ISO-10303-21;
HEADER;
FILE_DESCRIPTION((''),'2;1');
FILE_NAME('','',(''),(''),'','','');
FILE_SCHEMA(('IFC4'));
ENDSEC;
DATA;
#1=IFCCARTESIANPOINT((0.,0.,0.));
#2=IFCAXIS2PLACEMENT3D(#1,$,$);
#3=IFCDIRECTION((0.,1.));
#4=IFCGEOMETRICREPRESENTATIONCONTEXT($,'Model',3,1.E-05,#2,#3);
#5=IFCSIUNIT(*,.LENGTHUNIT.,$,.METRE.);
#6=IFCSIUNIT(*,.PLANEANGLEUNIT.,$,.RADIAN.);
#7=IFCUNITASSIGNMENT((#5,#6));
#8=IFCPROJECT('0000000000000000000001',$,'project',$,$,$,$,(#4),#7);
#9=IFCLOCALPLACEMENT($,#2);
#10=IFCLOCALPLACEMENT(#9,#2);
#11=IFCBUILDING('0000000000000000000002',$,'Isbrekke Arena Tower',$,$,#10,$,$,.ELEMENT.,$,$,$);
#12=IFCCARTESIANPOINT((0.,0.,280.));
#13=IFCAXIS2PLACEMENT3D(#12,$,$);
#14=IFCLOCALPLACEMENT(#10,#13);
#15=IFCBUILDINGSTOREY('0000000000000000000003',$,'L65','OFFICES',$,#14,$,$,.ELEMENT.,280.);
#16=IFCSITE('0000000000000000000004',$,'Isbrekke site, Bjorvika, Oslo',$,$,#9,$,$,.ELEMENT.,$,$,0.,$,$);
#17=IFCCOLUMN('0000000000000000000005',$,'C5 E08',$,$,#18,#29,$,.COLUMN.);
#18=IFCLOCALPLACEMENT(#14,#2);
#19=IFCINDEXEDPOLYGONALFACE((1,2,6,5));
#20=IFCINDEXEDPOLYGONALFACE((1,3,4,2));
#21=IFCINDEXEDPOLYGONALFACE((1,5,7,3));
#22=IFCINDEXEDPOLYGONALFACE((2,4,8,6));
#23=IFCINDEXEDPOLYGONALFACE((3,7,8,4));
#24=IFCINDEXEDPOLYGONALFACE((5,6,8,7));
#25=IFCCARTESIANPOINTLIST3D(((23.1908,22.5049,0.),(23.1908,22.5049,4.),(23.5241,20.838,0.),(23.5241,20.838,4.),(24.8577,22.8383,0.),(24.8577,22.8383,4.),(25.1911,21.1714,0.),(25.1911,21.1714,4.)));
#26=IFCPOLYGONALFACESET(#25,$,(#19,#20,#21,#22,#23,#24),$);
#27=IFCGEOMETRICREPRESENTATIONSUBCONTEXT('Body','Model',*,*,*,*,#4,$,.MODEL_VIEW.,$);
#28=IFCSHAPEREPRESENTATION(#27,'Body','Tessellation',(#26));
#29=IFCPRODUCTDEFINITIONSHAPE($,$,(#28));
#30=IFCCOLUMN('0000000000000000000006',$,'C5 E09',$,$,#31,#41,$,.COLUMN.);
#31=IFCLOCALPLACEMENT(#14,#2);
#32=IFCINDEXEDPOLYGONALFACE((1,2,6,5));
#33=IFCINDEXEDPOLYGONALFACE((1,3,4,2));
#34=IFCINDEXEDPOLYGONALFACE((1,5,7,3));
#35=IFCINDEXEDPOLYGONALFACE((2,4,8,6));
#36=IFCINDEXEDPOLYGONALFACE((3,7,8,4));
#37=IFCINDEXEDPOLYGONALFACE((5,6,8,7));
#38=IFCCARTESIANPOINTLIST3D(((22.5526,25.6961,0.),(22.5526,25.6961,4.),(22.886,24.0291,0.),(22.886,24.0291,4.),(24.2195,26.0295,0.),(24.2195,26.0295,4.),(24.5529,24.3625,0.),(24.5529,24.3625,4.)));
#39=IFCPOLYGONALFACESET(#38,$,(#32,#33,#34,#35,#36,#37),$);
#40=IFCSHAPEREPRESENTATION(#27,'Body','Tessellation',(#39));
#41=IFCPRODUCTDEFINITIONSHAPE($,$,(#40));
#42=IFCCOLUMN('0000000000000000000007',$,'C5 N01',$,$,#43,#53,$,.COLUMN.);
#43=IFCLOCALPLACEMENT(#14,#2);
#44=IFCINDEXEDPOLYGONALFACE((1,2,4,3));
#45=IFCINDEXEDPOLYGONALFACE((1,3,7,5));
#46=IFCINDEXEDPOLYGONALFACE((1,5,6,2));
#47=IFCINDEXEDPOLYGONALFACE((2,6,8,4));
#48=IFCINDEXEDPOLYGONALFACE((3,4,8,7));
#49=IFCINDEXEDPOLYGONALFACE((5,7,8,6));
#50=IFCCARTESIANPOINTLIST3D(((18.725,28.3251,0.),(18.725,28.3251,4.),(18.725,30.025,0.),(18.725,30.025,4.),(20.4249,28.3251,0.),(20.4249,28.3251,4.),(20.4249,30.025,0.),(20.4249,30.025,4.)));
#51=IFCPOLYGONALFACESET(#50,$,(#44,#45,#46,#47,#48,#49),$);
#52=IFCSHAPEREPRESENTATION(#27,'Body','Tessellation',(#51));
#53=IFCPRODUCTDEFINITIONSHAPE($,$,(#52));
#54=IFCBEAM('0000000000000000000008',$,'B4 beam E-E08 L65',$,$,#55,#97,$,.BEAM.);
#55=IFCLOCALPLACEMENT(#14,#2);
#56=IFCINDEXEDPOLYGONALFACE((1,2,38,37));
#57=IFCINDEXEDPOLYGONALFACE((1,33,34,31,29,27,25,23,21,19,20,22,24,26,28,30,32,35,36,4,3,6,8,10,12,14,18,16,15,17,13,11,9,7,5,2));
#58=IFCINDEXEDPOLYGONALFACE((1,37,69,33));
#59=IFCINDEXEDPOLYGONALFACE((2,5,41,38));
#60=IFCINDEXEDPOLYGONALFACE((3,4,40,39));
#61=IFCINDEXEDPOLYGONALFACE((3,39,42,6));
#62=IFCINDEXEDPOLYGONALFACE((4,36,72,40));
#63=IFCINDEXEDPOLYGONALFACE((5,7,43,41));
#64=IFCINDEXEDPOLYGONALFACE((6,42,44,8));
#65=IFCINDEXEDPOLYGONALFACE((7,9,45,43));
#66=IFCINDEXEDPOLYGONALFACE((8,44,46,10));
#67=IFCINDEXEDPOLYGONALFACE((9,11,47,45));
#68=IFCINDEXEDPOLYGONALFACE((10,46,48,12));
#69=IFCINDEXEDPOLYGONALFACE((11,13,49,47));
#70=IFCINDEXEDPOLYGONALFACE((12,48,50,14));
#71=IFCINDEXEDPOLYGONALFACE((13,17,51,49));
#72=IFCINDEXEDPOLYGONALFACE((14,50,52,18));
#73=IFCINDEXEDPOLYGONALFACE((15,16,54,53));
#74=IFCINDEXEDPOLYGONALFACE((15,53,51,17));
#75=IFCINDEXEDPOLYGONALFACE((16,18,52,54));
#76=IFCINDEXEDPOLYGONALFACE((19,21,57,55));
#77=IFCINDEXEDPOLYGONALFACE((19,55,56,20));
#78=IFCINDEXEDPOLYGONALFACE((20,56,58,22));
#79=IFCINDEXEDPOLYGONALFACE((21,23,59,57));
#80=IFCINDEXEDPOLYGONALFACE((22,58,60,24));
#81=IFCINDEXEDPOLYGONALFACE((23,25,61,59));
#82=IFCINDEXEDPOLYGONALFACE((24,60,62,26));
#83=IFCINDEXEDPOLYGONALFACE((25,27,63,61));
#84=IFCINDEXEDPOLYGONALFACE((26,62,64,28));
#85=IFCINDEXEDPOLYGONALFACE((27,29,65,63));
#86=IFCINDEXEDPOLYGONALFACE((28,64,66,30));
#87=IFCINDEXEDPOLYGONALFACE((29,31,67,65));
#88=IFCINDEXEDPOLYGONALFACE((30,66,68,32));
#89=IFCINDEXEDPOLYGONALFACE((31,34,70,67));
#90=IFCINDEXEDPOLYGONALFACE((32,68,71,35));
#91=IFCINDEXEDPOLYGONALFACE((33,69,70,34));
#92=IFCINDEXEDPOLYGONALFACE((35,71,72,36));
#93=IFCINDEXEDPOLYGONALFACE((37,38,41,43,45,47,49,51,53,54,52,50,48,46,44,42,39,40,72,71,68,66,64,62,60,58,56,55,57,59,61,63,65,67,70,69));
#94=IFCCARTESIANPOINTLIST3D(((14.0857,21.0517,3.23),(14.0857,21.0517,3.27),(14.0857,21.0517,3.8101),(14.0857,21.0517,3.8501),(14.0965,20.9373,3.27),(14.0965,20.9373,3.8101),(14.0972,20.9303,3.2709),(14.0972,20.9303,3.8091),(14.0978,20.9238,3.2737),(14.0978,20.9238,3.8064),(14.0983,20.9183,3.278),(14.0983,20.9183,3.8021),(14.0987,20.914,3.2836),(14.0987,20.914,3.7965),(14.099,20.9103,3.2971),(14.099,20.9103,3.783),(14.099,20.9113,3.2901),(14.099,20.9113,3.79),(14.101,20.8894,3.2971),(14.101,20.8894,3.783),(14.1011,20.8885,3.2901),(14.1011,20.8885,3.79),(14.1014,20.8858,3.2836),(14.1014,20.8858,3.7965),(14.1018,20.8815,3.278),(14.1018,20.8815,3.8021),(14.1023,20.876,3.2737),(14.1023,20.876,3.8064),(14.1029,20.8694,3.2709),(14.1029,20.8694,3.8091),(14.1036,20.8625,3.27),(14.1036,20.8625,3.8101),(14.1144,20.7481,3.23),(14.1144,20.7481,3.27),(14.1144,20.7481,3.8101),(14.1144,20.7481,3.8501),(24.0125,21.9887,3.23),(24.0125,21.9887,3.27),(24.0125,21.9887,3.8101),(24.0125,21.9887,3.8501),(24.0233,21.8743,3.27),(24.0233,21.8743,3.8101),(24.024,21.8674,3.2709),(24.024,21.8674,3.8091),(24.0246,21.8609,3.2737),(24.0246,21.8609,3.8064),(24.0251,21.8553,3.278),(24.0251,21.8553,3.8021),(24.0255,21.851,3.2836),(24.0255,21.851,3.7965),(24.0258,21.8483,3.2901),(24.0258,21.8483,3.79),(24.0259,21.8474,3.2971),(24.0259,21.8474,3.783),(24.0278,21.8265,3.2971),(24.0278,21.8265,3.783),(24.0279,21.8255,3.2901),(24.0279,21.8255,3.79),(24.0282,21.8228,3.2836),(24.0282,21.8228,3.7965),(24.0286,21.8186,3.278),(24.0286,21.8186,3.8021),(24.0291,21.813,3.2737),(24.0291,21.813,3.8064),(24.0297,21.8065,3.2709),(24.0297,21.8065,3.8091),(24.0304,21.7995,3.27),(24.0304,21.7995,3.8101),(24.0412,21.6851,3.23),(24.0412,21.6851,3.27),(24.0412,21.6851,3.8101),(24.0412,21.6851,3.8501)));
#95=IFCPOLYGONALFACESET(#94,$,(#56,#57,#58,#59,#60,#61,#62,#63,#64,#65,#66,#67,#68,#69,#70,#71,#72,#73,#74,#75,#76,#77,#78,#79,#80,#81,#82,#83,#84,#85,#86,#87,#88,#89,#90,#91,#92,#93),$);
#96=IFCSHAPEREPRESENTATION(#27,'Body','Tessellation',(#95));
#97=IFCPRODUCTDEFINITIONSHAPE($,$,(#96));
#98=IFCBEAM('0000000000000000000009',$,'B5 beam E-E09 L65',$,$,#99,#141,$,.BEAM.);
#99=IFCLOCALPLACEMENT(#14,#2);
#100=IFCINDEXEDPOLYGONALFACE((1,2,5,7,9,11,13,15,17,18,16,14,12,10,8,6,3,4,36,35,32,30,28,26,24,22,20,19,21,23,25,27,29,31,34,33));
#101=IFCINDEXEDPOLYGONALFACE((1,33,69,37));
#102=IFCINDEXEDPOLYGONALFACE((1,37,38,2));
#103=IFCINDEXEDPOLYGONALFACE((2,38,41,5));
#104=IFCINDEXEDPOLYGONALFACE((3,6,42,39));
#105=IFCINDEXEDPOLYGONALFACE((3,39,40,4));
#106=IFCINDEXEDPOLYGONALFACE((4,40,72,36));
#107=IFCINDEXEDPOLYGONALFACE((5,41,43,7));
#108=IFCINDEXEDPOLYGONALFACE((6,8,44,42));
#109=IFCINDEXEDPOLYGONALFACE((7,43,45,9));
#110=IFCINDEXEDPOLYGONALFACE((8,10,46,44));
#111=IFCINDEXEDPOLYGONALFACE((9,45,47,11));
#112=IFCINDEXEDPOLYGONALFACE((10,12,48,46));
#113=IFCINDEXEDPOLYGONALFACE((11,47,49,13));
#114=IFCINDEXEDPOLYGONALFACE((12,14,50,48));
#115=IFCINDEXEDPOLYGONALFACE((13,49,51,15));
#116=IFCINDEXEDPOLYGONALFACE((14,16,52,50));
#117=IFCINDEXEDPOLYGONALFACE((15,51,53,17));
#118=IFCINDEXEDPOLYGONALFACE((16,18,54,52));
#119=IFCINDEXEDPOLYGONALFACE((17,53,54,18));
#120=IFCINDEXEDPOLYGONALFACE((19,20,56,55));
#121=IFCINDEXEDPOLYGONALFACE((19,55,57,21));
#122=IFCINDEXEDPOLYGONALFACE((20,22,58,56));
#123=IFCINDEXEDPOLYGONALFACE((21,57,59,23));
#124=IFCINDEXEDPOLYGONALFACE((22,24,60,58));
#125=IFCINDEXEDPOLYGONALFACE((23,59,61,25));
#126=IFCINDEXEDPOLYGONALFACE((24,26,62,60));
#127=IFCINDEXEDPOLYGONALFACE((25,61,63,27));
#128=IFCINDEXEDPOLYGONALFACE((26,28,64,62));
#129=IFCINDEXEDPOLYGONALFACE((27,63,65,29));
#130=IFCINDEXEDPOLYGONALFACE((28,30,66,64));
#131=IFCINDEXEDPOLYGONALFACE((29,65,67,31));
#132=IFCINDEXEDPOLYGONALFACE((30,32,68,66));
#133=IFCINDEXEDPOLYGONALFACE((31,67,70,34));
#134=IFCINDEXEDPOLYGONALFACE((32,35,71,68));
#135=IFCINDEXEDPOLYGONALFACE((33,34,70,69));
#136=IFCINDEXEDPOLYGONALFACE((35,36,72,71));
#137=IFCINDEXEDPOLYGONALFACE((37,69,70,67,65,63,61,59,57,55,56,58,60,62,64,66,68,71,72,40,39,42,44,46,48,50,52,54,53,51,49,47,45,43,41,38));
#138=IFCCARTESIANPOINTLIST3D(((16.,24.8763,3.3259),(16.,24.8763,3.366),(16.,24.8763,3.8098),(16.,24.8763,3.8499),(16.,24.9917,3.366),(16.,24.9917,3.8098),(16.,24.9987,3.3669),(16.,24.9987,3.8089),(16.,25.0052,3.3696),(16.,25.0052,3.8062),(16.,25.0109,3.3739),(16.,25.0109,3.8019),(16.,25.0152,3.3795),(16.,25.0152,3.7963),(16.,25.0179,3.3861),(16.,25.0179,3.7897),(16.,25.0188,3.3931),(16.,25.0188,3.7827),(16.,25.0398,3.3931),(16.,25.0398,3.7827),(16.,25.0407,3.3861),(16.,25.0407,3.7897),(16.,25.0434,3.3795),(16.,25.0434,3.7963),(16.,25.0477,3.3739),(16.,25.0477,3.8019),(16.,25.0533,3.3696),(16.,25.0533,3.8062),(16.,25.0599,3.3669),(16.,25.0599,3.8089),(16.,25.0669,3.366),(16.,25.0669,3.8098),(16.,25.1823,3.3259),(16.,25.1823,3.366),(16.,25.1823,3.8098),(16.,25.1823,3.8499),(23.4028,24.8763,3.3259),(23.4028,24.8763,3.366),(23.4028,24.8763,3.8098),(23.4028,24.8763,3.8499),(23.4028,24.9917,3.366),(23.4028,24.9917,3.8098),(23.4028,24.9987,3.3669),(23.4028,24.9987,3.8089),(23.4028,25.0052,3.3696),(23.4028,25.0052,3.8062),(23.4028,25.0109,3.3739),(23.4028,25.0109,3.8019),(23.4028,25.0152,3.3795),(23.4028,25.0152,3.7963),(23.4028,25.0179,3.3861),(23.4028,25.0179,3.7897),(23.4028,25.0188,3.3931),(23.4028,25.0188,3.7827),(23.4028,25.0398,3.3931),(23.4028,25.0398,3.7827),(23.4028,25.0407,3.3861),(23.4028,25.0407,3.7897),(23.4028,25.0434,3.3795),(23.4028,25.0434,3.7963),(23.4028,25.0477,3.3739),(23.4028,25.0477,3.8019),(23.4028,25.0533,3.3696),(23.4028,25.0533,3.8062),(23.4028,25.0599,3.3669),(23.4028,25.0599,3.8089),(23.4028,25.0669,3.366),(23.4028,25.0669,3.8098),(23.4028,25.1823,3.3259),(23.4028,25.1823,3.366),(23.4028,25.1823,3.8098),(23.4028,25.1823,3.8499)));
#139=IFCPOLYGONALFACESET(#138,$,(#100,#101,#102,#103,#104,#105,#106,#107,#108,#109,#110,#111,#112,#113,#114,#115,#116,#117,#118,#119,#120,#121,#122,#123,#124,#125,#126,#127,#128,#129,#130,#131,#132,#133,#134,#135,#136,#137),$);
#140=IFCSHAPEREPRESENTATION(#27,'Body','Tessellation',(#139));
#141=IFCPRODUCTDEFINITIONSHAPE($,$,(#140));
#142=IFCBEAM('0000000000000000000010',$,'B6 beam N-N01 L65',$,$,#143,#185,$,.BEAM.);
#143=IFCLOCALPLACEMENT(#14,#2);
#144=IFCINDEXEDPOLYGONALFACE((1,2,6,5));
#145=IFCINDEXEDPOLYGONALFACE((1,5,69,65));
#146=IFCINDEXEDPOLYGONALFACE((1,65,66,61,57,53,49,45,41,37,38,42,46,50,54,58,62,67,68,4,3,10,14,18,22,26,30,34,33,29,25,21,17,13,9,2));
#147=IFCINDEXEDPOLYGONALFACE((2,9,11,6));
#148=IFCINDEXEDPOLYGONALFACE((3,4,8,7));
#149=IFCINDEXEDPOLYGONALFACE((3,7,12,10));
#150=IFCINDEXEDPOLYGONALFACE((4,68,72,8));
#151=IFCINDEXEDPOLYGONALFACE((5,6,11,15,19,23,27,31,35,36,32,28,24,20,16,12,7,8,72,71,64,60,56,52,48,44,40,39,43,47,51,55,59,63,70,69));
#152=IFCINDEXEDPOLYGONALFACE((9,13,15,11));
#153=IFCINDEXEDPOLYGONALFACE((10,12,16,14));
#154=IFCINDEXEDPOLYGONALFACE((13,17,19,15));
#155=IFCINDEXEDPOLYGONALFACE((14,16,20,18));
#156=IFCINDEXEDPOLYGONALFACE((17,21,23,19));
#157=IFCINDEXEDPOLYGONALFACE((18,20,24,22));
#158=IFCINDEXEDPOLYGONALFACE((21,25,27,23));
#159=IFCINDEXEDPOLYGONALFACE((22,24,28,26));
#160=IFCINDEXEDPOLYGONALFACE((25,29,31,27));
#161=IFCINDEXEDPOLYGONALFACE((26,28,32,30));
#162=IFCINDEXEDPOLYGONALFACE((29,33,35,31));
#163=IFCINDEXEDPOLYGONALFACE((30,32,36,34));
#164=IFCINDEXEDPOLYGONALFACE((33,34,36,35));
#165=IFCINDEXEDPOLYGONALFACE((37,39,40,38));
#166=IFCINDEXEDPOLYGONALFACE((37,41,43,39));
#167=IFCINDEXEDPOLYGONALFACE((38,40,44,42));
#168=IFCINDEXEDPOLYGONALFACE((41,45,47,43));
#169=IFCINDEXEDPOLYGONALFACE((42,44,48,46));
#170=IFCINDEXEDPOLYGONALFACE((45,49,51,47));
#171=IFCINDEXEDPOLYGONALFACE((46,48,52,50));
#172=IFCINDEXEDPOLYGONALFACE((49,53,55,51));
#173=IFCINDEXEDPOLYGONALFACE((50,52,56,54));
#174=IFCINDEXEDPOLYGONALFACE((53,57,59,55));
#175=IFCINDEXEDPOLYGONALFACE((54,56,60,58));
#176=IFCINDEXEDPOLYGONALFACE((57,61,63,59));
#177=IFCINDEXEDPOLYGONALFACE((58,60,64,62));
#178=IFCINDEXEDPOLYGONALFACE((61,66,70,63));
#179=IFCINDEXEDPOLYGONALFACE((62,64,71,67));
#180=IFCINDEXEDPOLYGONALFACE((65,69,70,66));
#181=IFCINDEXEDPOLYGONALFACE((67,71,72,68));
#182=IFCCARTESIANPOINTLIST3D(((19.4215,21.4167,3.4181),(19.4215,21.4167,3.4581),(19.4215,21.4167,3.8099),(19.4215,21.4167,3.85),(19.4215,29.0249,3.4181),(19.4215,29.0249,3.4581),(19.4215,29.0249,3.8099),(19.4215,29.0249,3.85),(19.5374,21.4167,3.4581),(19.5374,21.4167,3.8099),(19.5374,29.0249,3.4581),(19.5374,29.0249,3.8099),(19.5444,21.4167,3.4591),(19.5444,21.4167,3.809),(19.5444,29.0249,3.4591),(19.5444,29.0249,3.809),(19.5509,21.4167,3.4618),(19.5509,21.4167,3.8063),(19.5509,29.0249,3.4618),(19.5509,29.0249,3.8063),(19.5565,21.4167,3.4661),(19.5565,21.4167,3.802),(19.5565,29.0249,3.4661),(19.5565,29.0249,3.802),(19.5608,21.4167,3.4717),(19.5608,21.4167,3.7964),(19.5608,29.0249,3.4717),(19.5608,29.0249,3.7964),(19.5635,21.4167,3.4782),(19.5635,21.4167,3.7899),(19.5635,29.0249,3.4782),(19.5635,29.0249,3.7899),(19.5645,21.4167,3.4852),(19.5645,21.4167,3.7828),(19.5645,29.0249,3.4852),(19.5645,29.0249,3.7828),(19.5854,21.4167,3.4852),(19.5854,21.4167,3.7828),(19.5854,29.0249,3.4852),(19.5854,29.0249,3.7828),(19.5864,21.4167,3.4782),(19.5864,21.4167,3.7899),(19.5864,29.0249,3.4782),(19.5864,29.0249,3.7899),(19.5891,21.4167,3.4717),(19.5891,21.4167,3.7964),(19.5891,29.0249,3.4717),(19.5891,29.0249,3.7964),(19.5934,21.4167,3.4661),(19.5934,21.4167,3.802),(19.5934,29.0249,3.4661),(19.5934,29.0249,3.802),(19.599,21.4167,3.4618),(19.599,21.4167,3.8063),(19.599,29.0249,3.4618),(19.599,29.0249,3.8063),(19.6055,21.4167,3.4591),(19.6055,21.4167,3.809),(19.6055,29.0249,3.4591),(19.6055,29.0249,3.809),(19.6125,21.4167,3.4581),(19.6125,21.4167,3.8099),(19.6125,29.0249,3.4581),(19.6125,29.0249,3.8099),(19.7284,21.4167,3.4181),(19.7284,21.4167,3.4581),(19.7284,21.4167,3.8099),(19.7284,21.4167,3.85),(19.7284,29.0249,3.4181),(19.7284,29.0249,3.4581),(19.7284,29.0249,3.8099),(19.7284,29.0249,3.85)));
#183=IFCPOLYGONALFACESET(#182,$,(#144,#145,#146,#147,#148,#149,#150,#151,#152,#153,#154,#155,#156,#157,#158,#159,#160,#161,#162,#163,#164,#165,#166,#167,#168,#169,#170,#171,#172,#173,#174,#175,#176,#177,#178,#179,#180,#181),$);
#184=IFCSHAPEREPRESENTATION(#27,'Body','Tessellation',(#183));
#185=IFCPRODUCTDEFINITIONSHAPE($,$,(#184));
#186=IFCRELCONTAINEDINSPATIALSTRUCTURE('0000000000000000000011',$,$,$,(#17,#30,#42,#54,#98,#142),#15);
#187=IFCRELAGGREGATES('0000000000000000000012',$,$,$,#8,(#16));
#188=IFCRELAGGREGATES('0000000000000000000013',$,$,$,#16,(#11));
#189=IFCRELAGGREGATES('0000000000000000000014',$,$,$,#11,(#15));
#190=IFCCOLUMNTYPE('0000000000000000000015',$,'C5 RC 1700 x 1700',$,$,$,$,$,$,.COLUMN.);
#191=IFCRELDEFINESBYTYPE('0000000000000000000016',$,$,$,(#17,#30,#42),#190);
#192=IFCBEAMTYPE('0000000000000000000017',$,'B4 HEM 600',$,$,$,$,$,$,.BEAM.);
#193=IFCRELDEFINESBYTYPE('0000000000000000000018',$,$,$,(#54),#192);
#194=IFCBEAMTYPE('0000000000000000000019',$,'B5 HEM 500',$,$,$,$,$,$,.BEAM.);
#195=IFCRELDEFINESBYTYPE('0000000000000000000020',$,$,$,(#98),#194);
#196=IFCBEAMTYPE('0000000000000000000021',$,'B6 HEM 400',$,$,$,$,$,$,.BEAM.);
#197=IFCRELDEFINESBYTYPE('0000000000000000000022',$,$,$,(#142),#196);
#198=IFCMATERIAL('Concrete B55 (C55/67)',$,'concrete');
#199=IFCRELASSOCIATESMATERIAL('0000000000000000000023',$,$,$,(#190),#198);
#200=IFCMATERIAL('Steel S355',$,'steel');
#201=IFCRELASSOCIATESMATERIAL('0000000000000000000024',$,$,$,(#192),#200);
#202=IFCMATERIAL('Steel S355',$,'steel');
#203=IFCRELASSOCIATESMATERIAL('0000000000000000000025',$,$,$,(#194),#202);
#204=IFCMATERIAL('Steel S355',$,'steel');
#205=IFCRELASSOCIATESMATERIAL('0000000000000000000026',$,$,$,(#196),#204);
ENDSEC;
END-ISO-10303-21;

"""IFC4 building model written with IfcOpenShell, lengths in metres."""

from ifc_helpers import new_model, si_unit, direction, frame, origin, origin_2d, place, context, subcontext, project, spatial, rectangle, i_section, extrude, material, material_profile, profile_set, type_object, element, save


model = new_model("IFC4")

# Units and contexts
model_context = context("Model", 3, precision=1e-05, world=origin(), true_north=direction((0.0, 1.0)))
body_context = subcontext(model_context, "Body", "Model", "MODEL_VIEW")
ifc_project = project(units=[si_unit("LENGTHUNIT", "METRE"), si_unit("PLANEANGLEUNIT", "RADIAN")], contexts=[model_context])

# Site, building, storey
site_placement = place(None, origin())
site = spatial("IfcSite", under=ifc_project, at=site_placement, Name="Isbrekke site, Bjorvika, Oslo", CompositionType="ELEMENT", RefElevation=0.0)
building_placement = place(site_placement, origin())
building = spatial("IfcBuilding", under=site, at=building_placement, Name="Isbrekke Arena Tower", CompositionType="ELEMENT")
storey_placement = place(building_placement, frame((0.0, 0.0, 280.0)))
storey = spatial("IfcBuildingStorey", under=building, at=storey_placement, Name="L65", Description="OFFICES", CompositionType="ELEMENT", Elevation=280.0)

# Columns
ifc_material_1 = material(Name="Concrete B55 (C55/67)", Category="concrete")
ifc_material_profile_1 = material_profile(ifc_material_1, rectangle(XDim=1.7, YDim=1.7, at=origin_2d()), Name="RC 1700x1700")
ifc_profile_set_1 = profile_set([ifc_material_profile_1], Name="Concrete B55 (C55/67)")
column_type = type_object("IfcColumnType", Name="C5 RC 1700 x 1700", PredefinedType="COLUMN", material=ifc_profile_set_1)
for number, where, z_axis, x_axis, name in (
    (1, (24.1909, 21.8381, 0.0), (0.0, 0.0, 1.0), (-0.196116, 0.980581, 0.0), "C5 E08"),
    (2, (23.5527, 25.0293, 0.0), (0.0, 0.0, 1.0), (-0.196116, 0.980581, 0.0), "C5 E09"),
    (3, (19.575, 29.175, 0.0), (0.0, 0.0, 1.0), (-1.0, 0.0, 0.0), "C5 N01"),
):
    element("IfcColumn", number, at=place(storey_placement, frame(where, z_axis=z_axis, x_axis=x_axis)), inside=storey, type_object=column_type, Name=name, PredefinedType="COLUMN", context=body_context, shape_type="SweptSolid", body=[
        extrude(rectangle(XDim=1.7, YDim=1.7, at=origin_2d()), origin(), (0.0, 0.0, 1.0), 4.0),
    ])

# Beams
ifc_material_2 = material(Name="Steel S355", Category="steel")
ifc_material_profile_2 = material_profile(ifc_material_2, i_section(OverallWidth=0.3049, OverallDepth=0.6201, WebThickness=0.021, FlangeThickness=0.04, FilletRadius=0.0271, at=origin_2d()), Name="HEM 600")
ifc_profile_set_2 = profile_set([ifc_material_profile_2], Name="Steel S355")
beam_type_1 = type_object("IfcBeamType", Name="B4 HEM 600", PredefinedType="BEAM", material=ifc_profile_set_2)
beam_1_placement = place(storey_placement, frame((24.0269, 21.8369, 3.54), z_axis=(-0.995575, -0.093975, 0.0), x_axis=(0.093975, -0.995575, 0.0)))
element("IfcBeam", 4, at=beam_1_placement, inside=storey, type_object=beam_type_1, Name="B4 beam E-E08 L65", PredefinedType="BEAM", context=body_context, shape_type="SweptSolid", body=[
    extrude(i_section(OverallWidth=0.3049, OverallDepth=0.6201, WebThickness=0.021, FlangeThickness=0.04, FilletRadius=0.0271, at=origin_2d()), origin(), (0.0, 0.0, 1.0), 9.9709),
])
ifc_material_3 = material(Name="Steel S355", Category="steel")
ifc_material_profile_3 = material_profile(ifc_material_3, i_section(OverallWidth=0.3059, OverallDepth=0.5239, WebThickness=0.021, FlangeThickness=0.04, FilletRadius=0.0271, at=origin_2d()), Name="HEM 500")
ifc_profile_set_3 = profile_set([ifc_material_profile_3], Name="Steel S355")
beam_type_2 = type_object("IfcBeamType", Name="B5 HEM 500", PredefinedType="BEAM", material=ifc_profile_set_3)
beam_2_placement = place(storey_placement, frame((23.4028, 25.0293, 3.5879), z_axis=(-1.0, 0.0, 0.0), x_axis=(0.0, -1.0, 0.0)))
element("IfcBeam", 5, at=beam_2_placement, inside=storey, type_object=beam_type_2, Name="B5 beam E-E09 L65", PredefinedType="BEAM", context=body_context, shape_type="SweptSolid", body=[
    extrude(i_section(OverallWidth=0.3059, OverallDepth=0.5239, WebThickness=0.021, FlangeThickness=0.04, FilletRadius=0.0271, at=origin_2d()), origin(), (0.0, 0.0, 1.0), 7.4028),
])
ifc_material_4 = material(Name="Steel S355", Category="steel")
ifc_material_profile_4 = material_profile(ifc_material_4, i_section(OverallWidth=0.3069, OverallDepth=0.4319, WebThickness=0.021, FlangeThickness=0.04, FilletRadius=0.0271, at=origin_2d()), Name="HEM 400")
ifc_profile_set_4 = profile_set([ifc_material_profile_4], Name="Steel S355")
beam_type_3 = type_object("IfcBeamType", Name="B6 HEM 400", PredefinedType="BEAM", material=ifc_profile_set_4)
beam_3_placement = place(storey_placement, frame((19.575, 29.0249, 3.634), z_axis=(0.0, -1.0, 0.0), x_axis=(1.0, 0.0, 0.0)))
element("IfcBeam", 6, at=beam_3_placement, inside=storey, type_object=beam_type_3, Name="B6 beam N-N01 L65", PredefinedType="BEAM", context=body_context, shape_type="SweptSolid", body=[
    extrude(i_section(OverallWidth=0.3069, OverallDepth=0.4319, WebThickness=0.021, FlangeThickness=0.04, FilletRadius=0.0271, at=origin_2d()), origin(), (0.0, 0.0, 1.0), 7.6082),
])

save(model, "model.ifc")
